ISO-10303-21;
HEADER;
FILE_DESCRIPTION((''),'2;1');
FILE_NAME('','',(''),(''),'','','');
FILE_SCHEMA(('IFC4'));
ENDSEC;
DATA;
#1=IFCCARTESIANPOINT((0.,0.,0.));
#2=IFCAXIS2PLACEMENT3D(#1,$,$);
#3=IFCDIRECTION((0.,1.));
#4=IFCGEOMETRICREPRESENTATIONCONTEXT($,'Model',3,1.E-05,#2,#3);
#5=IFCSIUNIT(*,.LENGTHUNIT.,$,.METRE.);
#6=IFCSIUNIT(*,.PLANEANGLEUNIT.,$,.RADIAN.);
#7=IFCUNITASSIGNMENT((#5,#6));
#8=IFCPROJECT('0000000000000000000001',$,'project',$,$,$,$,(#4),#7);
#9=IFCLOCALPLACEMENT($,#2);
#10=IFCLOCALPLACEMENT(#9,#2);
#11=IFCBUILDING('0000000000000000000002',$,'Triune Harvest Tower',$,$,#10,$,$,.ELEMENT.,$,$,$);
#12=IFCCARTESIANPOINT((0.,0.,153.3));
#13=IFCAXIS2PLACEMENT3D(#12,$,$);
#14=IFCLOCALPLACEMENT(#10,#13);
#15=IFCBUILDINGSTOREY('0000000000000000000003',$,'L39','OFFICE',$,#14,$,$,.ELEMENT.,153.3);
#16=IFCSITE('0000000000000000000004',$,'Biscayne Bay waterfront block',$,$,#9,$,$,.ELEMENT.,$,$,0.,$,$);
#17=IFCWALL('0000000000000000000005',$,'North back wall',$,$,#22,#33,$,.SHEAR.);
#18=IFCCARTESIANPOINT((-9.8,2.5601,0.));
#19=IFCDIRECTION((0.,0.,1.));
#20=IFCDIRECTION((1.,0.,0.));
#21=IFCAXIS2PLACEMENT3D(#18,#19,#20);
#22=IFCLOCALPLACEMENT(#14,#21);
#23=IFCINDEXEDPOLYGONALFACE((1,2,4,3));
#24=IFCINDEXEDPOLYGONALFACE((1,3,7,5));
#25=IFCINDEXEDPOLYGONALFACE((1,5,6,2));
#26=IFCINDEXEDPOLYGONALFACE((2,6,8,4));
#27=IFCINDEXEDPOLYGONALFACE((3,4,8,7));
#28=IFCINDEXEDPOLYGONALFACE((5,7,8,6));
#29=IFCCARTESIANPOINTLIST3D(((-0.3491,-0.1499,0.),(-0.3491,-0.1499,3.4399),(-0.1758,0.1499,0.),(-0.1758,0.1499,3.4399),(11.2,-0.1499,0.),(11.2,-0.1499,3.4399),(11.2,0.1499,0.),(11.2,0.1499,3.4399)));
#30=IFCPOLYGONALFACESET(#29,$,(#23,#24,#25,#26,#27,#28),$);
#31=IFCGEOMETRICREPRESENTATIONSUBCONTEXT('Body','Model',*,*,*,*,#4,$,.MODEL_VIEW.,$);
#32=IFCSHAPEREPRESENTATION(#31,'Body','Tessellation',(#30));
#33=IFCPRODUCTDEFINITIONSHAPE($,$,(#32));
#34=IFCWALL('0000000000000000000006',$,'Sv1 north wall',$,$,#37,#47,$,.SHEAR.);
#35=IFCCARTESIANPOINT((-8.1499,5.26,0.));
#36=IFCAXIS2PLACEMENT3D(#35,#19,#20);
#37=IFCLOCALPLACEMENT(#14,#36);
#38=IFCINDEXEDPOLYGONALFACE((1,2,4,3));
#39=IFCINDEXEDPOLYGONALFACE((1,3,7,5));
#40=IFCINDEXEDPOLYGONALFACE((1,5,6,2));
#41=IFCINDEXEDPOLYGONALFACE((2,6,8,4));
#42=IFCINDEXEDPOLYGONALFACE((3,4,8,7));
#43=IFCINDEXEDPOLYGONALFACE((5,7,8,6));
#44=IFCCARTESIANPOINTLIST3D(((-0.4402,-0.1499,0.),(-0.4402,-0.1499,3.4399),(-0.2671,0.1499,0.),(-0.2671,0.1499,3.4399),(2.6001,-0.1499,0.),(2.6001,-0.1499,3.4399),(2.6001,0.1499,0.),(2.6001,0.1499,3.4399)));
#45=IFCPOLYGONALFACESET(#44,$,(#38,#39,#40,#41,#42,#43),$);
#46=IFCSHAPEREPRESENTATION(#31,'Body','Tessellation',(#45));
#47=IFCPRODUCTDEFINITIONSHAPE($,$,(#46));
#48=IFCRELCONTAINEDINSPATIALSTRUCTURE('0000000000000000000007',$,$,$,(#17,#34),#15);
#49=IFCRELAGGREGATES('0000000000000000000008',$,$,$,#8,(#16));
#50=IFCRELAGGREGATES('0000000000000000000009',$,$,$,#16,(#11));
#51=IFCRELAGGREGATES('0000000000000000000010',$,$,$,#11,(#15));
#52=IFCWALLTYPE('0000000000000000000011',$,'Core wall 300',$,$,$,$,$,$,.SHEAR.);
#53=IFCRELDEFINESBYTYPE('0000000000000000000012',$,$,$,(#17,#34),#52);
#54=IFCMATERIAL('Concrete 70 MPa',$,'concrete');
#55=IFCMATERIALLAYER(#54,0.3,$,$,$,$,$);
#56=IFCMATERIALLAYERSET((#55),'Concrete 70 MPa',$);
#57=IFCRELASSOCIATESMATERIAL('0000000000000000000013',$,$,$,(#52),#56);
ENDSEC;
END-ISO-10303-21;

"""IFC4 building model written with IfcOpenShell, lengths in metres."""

from ifc_helpers import new_model, si_unit, direction, frame, origin, place, context, subcontext, project, spatial, polyline, outline, extrude, source, transform, mapped, material, layer, layer_set, type_object, element, save


model = new_model("IFC4")

# Units and contexts
model_context = context("Model", 3, precision=1e-05, world=origin(), true_north=direction((0.0, 1.0)))
body_context = subcontext(model_context, "Body", "Model", "MODEL_VIEW")
ifc_project = project(units=[si_unit("LENGTHUNIT", "METRE"), si_unit("PLANEANGLEUNIT", "RADIAN")], contexts=[model_context])

# Site, building, storey
site_placement = place(None, origin())
site = spatial("IfcSite", under=ifc_project, at=site_placement, Name="Biscayne Bay waterfront block", CompositionType="ELEMENT", RefElevation=0.0)
building_placement = place(site_placement, origin())
building = spatial("IfcBuilding", under=site, at=building_placement, Name="Triune Harvest Tower", CompositionType="ELEMENT")
storey_placement = place(building_placement, frame((0.0, 0.0, 153.3)))
storey = spatial("IfcBuildingStorey", under=building, at=storey_placement, Name="L39", Description="OFFICE", CompositionType="ELEMENT", Elevation=153.3)

# Shared definitions
ifc_material_1 = material(Name="Concrete 70 MPa", Category="concrete")
ifc_layer_1 = layer(ifc_material_1, 0.3)
ifc_layer_set_1 = layer_set([ifc_layer_1], Name="Concrete 70 MPa")
wall_type_1 = type_object("IfcWallType", Name="Core wall 300", PredefinedType="SHEAR", material=ifc_layer_set_1)

# Walls
shared_shape_1 = source(origin(), body_context, "Body", "SweptSolid", [
    extrude(outline(polyline([(11.2, -0.1499), (-0.3491, -0.1499), (-0.1758, 0.1499), (11.2, 0.1499), (11.2, -0.1499)])), origin(), (0.0, 0.0, 1.0), 3.4399),
])
wall_1_placement = place(storey_placement, frame((-9.8, 2.5601, 0.0), z_axis=(0.0, 0.0, 1.0), x_axis=(1.0, 0.0, 0.0)))
element("IfcWall", 1, at=wall_1_placement, inside=storey, type_object=wall_type_1, Name="North back wall", PredefinedType="SHEAR", context=body_context, shape_type="MappedRepresentation", body=[
    mapped(shared_shape_1, transform((0.0, 0.0, 0.0), scale=1.0)),
])
shared_shape_2 = source(origin(), body_context, "Body", "SweptSolid", [
    extrude(outline(polyline([(2.6001, -0.1499), (-0.4402, -0.1499), (-0.2671, 0.1499), (2.6001, 0.1499), (2.6001, -0.1499)])), origin(), (0.0, 0.0, 1.0), 3.4399),
])
wall_2_placement = place(storey_placement, frame((-8.1499, 5.26, 0.0), z_axis=(0.0, 0.0, 1.0), x_axis=(1.0, 0.0, 0.0)))
element("IfcWall", 2, at=wall_2_placement, inside=storey, type_object=wall_type_1, Name="Sv1 north wall", PredefinedType="SHEAR", context=body_context, shape_type="MappedRepresentation", body=[
    mapped(shared_shape_2, transform((0.0, 0.0, 0.0), scale=1.0)),
])

save(model, "model.ifc")
